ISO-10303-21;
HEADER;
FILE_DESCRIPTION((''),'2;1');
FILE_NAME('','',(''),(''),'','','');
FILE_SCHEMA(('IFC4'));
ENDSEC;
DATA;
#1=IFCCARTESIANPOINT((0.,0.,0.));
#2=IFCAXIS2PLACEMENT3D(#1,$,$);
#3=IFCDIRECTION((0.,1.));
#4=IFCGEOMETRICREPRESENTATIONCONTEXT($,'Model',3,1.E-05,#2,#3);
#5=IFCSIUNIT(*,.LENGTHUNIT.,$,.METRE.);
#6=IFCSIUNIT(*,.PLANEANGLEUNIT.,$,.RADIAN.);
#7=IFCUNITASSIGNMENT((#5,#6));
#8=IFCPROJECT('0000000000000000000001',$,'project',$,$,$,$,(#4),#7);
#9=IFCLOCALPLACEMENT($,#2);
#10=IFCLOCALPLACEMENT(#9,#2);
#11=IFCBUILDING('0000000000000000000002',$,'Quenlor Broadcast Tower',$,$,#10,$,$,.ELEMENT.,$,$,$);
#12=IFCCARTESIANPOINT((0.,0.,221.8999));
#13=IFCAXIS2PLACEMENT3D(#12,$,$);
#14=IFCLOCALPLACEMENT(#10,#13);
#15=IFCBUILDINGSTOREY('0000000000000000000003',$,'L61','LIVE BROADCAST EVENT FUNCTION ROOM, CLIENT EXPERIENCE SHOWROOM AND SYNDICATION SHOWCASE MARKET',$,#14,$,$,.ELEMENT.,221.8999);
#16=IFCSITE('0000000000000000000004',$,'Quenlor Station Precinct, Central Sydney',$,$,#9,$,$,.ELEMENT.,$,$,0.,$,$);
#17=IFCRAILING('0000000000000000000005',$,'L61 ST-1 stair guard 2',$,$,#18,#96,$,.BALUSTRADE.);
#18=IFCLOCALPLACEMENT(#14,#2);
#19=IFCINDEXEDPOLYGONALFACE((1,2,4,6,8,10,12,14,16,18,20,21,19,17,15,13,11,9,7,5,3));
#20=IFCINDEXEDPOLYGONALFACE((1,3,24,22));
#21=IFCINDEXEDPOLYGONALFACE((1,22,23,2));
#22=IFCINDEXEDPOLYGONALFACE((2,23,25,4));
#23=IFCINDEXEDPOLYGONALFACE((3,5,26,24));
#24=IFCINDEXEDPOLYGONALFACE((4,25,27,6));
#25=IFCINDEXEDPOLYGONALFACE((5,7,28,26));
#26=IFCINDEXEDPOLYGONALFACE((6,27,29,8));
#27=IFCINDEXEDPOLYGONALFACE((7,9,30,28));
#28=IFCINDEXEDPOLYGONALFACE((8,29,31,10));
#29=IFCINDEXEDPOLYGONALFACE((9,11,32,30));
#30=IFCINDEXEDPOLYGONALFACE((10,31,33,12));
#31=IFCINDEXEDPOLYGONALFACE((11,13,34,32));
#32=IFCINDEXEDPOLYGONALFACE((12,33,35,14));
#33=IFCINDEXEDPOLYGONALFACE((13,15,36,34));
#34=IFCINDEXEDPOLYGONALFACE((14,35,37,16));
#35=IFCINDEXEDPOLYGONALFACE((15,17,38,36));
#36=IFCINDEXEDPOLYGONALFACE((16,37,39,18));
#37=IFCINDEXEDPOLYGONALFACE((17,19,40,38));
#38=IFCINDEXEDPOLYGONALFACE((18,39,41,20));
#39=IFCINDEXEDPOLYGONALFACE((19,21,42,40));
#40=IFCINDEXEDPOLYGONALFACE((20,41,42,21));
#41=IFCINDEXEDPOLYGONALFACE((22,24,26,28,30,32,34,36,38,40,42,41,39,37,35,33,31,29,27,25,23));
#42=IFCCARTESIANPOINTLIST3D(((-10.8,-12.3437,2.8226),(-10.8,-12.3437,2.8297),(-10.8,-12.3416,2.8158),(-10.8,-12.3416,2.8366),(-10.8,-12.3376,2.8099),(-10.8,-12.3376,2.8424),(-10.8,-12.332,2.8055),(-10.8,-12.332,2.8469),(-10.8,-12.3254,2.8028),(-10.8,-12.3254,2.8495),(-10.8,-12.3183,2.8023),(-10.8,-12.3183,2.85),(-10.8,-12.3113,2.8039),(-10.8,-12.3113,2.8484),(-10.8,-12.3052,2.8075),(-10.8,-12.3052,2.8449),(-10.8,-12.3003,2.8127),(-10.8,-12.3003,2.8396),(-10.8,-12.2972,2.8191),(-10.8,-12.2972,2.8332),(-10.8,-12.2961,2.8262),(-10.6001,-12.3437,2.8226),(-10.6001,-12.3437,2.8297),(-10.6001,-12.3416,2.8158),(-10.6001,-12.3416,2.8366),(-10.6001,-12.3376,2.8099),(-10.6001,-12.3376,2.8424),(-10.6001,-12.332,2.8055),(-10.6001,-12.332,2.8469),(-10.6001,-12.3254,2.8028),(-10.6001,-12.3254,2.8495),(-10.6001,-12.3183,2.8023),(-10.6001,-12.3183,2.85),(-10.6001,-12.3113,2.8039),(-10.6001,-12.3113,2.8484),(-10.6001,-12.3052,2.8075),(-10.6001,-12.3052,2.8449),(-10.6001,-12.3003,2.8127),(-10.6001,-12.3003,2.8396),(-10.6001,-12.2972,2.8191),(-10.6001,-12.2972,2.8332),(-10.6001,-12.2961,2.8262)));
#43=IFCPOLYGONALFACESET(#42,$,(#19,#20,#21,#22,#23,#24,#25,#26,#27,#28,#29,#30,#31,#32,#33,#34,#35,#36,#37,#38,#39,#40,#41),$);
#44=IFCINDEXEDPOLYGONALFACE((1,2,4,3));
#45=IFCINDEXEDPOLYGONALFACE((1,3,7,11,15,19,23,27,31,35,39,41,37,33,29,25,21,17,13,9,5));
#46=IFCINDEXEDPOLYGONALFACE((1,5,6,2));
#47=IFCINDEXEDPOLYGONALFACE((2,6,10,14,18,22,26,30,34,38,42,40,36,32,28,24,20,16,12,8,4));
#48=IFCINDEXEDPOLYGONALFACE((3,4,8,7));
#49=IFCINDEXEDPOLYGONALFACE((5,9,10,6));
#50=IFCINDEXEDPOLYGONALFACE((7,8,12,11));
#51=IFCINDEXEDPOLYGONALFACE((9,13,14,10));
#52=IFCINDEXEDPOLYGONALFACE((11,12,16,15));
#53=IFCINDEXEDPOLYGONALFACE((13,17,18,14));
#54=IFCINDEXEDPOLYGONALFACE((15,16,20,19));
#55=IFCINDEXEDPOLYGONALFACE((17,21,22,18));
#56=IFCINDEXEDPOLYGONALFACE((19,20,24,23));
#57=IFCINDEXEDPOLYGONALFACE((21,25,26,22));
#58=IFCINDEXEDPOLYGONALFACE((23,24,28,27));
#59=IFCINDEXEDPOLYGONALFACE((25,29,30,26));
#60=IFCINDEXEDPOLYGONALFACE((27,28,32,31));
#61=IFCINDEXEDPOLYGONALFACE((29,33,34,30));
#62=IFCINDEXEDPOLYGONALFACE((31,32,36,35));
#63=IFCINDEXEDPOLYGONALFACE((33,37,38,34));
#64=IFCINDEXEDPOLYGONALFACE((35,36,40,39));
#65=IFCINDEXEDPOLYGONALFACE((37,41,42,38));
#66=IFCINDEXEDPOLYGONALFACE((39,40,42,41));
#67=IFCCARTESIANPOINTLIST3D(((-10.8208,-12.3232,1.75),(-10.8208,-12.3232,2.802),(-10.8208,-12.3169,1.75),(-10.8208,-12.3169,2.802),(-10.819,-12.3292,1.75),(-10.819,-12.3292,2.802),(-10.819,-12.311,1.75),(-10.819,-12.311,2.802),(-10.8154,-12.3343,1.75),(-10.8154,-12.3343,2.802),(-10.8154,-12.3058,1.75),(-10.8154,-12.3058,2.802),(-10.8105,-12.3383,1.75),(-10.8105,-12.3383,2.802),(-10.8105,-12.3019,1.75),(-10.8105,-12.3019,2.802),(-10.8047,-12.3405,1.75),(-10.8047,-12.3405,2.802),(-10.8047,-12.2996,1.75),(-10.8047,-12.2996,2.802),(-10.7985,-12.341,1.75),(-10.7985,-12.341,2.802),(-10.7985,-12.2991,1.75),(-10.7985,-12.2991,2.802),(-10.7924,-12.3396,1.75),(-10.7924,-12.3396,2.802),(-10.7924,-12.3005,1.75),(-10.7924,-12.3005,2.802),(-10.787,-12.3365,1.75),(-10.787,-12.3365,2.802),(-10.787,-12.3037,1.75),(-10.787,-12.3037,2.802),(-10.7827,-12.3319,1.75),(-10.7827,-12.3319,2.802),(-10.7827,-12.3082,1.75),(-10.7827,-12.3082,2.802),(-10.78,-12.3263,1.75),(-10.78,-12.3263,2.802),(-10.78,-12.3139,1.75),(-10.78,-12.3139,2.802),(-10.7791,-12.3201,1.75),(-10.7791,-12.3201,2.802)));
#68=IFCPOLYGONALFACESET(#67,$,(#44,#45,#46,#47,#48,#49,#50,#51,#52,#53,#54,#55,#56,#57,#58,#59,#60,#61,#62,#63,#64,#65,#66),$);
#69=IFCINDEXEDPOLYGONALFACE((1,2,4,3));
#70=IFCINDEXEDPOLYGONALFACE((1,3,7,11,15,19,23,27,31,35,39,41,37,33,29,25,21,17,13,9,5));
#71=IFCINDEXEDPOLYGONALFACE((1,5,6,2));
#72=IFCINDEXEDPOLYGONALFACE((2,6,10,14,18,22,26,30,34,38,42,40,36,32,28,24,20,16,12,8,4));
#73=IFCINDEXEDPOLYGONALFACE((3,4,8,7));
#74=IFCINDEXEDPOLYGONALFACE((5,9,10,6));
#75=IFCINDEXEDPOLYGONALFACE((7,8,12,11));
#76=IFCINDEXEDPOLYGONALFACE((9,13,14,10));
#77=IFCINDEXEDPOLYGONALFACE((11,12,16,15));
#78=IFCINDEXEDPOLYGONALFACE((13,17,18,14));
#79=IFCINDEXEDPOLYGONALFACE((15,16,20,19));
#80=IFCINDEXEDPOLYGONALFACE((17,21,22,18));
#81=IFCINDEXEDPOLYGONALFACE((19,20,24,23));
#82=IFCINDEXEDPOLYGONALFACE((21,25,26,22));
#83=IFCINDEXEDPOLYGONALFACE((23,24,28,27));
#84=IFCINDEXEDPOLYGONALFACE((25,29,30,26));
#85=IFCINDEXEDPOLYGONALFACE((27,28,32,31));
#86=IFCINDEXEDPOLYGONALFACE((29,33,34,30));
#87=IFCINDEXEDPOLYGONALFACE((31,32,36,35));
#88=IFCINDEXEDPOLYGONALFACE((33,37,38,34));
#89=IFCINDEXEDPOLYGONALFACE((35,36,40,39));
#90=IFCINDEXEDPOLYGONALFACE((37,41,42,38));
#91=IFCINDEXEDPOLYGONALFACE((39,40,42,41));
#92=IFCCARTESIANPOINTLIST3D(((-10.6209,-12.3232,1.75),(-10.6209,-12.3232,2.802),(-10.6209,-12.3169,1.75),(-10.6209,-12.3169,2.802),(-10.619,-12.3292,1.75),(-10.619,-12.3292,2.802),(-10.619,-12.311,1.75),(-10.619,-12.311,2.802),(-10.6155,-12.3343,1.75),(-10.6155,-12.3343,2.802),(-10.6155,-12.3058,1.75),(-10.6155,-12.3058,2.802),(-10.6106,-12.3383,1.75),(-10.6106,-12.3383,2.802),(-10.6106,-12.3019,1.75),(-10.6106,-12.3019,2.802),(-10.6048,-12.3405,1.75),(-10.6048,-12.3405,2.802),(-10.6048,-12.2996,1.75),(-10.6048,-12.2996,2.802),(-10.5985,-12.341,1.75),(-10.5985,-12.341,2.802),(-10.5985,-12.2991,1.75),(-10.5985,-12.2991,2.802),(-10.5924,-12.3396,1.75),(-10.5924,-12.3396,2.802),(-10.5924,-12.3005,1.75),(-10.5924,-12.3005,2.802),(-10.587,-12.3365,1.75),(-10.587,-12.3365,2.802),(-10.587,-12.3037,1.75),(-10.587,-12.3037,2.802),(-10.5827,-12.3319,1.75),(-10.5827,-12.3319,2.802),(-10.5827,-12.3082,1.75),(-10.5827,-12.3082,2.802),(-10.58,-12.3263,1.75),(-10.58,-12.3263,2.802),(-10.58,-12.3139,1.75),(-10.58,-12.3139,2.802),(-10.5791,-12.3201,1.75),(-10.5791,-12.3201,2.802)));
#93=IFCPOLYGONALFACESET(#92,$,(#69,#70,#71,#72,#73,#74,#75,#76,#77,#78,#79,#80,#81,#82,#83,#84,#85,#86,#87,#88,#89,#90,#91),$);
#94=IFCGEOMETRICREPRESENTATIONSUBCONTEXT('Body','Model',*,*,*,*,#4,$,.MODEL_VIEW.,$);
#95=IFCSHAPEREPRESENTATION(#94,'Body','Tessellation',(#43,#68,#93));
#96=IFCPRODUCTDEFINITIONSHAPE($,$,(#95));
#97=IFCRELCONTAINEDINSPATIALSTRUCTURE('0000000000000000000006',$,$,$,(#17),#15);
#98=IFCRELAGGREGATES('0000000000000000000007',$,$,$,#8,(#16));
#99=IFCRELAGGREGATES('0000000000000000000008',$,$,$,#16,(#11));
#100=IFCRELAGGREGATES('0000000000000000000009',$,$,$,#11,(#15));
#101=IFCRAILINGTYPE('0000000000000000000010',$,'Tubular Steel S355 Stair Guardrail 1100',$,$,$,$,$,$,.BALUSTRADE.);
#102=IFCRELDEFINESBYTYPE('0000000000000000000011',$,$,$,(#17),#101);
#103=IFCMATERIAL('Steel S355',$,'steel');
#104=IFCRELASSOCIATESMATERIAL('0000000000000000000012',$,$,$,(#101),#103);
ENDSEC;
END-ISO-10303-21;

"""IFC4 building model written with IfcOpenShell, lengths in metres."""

from ifc_helpers import new_model, si_unit, direction, frame, origin, origin_2d, place, context, subcontext, project, spatial, circle, extrude, material, type_object, element, save


model = new_model("IFC4")

# Units and contexts
model_context = context("Model", 3, precision=1e-05, world=origin(), true_north=direction((0.0, 1.0)))
body_context = subcontext(model_context, "Body", "Model", "MODEL_VIEW")
ifc_project = project(units=[si_unit("LENGTHUNIT", "METRE"), si_unit("PLANEANGLEUNIT", "RADIAN")], contexts=[model_context])

# Site, building, storey
site_placement = place(None, origin())
site = spatial("IfcSite", under=ifc_project, at=site_placement, Name="Quenlor Station Precinct, Central Sydney", CompositionType="ELEMENT", RefElevation=0.0)
building_placement = place(site_placement, origin())
building = spatial("IfcBuilding", under=site, at=building_placement, Name="Quenlor Broadcast Tower", CompositionType="ELEMENT")
storey_placement = place(building_placement, frame((0.0, 0.0, 221.8999)))
storey = spatial("IfcBuildingStorey", under=building, at=storey_placement, Name="L61", Description="LIVE BROADCAST EVENT FUNCTION ROOM, CLIENT EXPERIENCE SHOWROOM AND SYNDICATION SHOWCASE MARKET", CompositionType="ELEMENT", Elevation=221.8999)

# Railing
ifc_material_1 = material(Name="Steel S355", Category="steel")
railing_type_1 = type_object("IfcRailingType", Name="Tubular Steel S355 Stair Guardrail 1100", PredefinedType="BALUSTRADE", material=ifc_material_1)
railing_1_placement = place(storey_placement, frame((-10.8, -12.3201, 1.75)))
element("IfcRailing", 1, at=railing_1_placement, inside=storey, type_object=railing_type_1, Name="L61 ST-1 stair guard 2", PredefinedType="BALUSTRADE", context=body_context, shape_type="SweptSolid", body=[
    extrude(circle(Radius=0.0239, at=origin_2d()), frame((0.0, 0.0, 1.0762), z_axis=(1.0, 0.0, 0.0), x_axis=(0.0, 1.0, 0.0)), (0.0, 0.0, 1.0), 0.2),
    extrude(circle(Radius=0.021, at=origin_2d()), origin(), (0.0, 0.0, 1.0), 1.052),
    extrude(circle(Radius=0.021, at=origin_2d()), frame((0.2, 0.0, 0.0)), (0.0, 0.0, 1.0), 1.052),
])

save(model, "model.ifc")
